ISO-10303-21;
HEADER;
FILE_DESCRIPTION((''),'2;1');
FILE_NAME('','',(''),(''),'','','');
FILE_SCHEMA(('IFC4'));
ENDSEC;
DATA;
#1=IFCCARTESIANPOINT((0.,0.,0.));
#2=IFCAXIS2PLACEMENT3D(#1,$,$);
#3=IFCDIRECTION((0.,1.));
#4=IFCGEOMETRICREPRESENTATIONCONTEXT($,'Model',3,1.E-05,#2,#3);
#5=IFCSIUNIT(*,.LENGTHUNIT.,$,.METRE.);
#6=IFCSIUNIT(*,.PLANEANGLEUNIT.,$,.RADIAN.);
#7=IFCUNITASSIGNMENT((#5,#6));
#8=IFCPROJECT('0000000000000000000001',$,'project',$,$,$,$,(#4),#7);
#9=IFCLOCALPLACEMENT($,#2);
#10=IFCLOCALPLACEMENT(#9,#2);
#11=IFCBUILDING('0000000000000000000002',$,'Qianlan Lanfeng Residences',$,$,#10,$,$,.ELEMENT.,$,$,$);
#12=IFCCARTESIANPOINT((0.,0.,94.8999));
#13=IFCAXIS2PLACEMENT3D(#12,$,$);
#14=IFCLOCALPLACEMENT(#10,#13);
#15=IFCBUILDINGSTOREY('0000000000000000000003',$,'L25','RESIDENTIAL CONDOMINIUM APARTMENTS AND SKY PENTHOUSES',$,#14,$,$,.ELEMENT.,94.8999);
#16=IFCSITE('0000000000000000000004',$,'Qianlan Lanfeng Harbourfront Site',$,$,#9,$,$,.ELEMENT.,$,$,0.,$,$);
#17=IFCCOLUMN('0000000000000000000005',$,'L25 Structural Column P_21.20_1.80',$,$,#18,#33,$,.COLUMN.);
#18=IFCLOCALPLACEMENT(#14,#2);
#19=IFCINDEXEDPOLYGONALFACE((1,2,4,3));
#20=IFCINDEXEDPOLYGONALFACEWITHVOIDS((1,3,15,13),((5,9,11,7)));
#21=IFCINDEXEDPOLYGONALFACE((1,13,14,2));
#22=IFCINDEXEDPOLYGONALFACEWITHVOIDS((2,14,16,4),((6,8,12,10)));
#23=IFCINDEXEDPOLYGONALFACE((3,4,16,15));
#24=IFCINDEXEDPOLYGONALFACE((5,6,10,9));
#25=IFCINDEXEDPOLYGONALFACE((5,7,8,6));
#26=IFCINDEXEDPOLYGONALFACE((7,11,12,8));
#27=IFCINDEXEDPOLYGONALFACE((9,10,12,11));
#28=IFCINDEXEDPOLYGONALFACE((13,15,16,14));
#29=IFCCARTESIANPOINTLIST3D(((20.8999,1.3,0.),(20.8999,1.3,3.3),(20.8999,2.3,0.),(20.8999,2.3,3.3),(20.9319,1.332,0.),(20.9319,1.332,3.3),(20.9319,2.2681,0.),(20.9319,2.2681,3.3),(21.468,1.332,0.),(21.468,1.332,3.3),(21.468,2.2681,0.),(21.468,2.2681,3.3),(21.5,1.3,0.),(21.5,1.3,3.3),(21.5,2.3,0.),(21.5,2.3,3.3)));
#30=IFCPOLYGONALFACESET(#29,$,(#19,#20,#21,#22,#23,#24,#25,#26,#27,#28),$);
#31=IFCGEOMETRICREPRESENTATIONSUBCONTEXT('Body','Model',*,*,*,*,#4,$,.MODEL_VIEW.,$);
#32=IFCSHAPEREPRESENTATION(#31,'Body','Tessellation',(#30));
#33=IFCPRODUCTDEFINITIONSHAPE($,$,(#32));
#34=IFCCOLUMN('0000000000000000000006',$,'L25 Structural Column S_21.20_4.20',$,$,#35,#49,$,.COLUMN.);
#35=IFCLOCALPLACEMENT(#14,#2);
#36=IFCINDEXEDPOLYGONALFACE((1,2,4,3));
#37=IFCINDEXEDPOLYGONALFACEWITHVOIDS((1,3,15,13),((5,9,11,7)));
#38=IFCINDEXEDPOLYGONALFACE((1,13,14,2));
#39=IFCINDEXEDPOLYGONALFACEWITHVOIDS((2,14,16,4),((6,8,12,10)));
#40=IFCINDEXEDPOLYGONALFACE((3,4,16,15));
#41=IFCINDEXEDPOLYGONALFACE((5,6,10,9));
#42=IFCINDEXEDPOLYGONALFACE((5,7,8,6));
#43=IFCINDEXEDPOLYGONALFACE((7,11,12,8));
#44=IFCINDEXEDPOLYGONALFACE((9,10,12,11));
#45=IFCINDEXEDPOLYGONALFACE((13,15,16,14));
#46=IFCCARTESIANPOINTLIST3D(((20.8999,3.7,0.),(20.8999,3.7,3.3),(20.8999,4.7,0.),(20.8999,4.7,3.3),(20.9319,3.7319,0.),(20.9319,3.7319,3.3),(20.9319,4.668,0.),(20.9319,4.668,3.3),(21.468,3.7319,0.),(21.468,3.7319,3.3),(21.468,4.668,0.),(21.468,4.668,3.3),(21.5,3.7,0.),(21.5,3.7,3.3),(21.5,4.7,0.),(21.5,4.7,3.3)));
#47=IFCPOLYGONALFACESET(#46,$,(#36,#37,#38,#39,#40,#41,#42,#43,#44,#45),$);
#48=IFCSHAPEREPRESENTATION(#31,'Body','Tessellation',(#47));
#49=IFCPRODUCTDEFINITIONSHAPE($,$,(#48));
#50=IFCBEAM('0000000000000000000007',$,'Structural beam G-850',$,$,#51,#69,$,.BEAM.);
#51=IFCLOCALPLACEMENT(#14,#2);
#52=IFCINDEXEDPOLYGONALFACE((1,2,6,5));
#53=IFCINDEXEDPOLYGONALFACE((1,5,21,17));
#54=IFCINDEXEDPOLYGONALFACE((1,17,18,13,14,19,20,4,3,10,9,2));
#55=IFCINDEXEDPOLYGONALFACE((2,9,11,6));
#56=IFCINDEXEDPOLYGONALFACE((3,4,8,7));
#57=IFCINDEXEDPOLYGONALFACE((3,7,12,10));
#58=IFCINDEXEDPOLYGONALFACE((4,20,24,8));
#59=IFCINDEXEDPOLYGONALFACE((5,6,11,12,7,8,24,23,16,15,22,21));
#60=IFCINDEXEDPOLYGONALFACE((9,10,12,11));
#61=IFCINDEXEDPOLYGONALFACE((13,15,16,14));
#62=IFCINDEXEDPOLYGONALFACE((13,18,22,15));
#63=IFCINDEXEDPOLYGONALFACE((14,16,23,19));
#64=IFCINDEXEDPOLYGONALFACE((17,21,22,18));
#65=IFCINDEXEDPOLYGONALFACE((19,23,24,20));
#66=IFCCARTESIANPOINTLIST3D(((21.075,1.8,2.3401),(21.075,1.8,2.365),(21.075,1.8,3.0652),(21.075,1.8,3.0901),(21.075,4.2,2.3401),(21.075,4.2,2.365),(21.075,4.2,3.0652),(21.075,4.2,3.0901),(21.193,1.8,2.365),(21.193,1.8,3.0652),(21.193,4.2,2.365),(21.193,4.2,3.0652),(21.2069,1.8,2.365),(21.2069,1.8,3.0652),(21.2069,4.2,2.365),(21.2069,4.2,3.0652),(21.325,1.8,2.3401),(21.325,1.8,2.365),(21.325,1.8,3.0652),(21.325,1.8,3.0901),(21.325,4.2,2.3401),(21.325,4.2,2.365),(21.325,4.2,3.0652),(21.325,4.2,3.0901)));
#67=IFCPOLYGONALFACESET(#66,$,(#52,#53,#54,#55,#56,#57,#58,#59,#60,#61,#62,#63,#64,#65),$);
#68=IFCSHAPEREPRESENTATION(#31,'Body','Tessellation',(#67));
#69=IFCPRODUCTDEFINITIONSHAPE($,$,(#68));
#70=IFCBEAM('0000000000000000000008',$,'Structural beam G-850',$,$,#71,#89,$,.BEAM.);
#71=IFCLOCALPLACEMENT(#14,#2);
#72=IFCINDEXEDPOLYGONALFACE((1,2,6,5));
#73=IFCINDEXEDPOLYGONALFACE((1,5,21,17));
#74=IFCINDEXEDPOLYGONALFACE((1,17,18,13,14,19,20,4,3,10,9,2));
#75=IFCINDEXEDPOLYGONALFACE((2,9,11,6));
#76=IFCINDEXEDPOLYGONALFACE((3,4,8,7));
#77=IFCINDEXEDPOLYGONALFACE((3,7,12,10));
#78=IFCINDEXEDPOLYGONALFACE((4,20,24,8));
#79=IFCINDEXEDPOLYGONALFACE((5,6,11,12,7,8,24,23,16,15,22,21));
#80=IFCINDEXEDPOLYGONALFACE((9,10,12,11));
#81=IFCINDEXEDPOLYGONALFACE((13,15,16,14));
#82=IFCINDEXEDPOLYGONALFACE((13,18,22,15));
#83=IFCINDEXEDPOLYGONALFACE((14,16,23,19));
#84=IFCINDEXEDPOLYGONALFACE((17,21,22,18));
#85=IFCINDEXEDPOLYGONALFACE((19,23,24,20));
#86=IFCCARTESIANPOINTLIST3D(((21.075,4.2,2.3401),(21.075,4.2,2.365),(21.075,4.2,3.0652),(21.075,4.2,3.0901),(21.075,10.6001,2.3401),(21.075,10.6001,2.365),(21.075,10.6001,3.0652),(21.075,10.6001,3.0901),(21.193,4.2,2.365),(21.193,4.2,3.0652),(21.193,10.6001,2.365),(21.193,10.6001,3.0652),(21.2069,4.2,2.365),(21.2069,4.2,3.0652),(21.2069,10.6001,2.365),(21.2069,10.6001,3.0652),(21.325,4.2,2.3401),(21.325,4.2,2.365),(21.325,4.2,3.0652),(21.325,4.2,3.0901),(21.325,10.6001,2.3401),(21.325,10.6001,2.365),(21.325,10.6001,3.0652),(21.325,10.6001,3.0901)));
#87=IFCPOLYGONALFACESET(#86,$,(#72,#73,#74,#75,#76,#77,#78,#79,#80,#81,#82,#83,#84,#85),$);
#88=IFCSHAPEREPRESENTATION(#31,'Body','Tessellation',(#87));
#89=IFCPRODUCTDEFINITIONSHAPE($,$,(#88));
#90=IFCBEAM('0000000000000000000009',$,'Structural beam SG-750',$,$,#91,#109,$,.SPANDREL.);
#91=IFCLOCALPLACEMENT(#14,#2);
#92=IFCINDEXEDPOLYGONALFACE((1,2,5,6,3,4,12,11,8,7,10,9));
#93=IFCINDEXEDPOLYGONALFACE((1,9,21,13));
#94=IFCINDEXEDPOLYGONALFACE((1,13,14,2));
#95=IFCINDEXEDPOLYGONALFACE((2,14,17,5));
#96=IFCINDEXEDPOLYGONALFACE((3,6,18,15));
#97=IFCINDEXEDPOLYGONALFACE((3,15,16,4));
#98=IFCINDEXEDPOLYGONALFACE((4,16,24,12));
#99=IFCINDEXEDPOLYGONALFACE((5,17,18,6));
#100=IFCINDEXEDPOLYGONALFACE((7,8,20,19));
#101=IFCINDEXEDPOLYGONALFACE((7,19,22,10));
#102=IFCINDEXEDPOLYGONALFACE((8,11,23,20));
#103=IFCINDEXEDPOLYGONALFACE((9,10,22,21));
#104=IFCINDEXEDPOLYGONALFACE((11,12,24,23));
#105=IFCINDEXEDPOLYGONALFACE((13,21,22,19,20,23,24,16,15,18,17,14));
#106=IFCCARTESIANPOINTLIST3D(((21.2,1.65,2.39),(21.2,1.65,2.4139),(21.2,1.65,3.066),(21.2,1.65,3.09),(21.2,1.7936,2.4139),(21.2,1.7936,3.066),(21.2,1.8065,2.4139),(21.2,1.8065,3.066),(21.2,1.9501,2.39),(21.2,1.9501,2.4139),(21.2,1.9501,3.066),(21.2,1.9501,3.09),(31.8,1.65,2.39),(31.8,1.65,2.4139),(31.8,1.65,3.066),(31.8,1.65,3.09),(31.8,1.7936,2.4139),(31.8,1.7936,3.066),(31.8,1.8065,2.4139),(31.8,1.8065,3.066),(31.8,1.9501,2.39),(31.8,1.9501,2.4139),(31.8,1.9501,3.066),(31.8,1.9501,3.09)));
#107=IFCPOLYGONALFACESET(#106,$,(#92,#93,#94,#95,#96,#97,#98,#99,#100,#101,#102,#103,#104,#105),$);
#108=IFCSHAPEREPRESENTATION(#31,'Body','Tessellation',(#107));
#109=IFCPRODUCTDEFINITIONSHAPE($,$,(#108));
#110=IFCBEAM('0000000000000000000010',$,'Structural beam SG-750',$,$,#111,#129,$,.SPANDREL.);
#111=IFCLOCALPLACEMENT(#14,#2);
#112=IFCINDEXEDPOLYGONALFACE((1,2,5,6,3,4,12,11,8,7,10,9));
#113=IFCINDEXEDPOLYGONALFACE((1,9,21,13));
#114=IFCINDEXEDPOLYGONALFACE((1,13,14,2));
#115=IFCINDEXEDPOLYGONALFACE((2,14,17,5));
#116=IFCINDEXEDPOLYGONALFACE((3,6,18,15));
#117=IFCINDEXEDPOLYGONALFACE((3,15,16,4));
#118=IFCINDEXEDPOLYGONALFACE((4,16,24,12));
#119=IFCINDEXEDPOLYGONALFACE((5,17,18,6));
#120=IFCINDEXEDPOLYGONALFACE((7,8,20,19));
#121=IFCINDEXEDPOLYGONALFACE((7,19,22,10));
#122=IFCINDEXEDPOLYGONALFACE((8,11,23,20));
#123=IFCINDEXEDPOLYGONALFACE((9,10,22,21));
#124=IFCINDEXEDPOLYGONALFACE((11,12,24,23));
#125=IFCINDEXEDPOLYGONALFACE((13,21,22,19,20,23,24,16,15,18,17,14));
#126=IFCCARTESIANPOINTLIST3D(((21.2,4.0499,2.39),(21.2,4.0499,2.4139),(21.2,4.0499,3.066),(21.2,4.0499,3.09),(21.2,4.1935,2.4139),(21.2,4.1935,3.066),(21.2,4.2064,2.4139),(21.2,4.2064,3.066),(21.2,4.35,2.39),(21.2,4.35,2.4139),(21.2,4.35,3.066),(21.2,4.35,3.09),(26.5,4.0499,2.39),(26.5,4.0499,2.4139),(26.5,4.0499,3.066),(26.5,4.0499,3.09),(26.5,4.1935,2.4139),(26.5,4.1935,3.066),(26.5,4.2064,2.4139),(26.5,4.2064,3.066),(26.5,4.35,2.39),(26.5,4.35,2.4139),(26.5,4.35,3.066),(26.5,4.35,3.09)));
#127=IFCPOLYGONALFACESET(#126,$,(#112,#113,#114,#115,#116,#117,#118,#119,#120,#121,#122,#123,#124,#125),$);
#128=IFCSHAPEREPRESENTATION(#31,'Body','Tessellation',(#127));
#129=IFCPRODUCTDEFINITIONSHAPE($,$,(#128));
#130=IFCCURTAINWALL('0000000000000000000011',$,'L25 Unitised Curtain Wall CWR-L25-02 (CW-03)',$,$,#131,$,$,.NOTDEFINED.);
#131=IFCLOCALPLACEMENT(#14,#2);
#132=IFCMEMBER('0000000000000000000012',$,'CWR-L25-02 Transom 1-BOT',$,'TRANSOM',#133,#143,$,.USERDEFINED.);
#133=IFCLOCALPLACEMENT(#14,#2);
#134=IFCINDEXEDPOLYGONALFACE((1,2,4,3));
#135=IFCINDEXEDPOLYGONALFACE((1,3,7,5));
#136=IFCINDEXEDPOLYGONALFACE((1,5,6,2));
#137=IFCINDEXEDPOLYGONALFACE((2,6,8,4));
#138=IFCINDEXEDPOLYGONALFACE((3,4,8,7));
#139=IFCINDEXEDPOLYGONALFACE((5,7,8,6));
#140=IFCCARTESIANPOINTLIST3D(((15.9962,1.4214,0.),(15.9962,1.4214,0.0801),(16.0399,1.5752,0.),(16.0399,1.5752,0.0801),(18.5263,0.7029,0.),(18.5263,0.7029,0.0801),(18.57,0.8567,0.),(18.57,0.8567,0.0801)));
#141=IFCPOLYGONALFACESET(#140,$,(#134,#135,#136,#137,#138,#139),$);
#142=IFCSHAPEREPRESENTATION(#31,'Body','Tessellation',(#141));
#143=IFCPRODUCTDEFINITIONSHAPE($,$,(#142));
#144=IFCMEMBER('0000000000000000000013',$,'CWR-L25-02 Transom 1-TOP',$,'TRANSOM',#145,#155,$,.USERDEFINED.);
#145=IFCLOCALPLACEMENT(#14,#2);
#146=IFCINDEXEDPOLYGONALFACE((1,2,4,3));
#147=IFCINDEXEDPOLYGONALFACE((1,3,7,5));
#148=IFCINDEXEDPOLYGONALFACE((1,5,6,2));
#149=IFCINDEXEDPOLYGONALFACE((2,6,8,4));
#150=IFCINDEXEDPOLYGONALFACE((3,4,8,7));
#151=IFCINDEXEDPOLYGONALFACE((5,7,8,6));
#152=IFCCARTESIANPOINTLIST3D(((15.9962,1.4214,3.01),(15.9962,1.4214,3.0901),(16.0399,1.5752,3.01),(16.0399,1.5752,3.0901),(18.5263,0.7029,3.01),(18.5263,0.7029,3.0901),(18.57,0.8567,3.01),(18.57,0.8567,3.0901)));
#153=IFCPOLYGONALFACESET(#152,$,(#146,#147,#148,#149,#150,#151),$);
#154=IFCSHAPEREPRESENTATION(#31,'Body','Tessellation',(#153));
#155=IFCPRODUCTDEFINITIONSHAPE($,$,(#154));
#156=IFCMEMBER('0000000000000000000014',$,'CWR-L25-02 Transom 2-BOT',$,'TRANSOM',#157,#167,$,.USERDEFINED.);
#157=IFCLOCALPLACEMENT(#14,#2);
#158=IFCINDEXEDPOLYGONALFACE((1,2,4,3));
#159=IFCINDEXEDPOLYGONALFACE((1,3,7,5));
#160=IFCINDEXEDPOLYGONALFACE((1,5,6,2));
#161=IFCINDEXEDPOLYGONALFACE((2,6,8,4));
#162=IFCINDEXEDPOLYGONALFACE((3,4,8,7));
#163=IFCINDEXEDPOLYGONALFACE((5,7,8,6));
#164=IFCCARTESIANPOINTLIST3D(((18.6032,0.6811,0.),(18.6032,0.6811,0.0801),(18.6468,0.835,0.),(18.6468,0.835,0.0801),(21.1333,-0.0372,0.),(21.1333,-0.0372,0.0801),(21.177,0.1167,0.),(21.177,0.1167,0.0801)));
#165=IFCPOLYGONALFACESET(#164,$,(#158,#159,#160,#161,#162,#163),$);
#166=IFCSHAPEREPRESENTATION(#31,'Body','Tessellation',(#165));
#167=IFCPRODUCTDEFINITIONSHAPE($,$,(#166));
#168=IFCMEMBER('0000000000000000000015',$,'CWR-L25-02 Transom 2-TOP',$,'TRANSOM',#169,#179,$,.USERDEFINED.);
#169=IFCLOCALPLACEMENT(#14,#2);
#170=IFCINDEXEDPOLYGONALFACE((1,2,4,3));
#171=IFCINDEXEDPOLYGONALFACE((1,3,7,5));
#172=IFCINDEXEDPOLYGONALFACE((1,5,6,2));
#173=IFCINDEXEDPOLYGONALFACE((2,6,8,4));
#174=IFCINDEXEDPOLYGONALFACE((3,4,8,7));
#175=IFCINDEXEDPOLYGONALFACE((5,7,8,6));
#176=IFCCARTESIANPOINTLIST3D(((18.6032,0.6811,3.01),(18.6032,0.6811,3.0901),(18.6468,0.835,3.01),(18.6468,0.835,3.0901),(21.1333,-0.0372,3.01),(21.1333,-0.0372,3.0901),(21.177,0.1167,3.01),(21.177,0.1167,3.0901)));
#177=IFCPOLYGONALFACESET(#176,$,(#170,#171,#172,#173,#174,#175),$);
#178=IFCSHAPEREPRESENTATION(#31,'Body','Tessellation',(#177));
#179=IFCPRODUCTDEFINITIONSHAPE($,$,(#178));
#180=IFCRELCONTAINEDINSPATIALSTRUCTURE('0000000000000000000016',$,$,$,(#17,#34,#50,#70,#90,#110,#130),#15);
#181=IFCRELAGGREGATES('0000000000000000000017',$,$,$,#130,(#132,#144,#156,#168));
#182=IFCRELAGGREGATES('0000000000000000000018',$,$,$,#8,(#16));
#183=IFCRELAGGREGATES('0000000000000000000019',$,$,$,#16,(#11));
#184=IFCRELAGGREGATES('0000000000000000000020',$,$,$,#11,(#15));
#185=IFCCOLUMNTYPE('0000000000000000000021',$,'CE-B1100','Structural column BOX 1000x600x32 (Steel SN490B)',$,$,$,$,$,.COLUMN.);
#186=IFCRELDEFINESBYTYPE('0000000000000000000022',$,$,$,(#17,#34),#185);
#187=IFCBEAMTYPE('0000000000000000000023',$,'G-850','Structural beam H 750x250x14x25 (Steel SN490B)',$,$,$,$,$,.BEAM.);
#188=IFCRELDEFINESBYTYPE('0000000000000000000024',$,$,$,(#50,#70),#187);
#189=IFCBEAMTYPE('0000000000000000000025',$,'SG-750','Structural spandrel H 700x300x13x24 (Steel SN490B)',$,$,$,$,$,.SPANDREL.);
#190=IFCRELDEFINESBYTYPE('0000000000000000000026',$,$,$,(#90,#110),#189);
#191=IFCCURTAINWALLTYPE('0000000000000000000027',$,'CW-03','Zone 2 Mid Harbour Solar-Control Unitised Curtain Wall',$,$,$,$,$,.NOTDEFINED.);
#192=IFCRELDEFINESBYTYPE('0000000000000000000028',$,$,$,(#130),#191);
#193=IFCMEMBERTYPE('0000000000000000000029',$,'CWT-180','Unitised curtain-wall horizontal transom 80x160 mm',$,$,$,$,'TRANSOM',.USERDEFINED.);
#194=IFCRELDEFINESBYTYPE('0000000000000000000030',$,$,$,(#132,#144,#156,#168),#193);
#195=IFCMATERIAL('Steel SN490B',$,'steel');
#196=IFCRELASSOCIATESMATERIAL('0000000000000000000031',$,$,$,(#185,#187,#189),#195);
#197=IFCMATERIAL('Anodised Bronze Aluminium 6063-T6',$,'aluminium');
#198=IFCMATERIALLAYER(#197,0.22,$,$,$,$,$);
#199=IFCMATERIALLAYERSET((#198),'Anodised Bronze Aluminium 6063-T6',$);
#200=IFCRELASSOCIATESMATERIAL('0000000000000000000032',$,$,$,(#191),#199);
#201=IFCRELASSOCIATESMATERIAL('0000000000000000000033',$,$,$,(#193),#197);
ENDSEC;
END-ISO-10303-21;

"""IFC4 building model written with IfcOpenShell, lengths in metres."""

from ifc_helpers import new_model, si_unit, direction, frame, origin, origin_2d, place, context, subcontext, project, spatial, rectangle, hollow_rectangle, i_section, extrude, source, transform, mapped, material, layer, layer_set, material_profile, profile_set, type_object, element, aggregate, save


model = new_model("IFC4")

# Units and contexts
model_context = context("Model", 3, precision=1e-05, world=origin(), true_north=direction((0.0, 1.0)))
body_context = subcontext(model_context, "Body", "Model", "MODEL_VIEW")
ifc_project = project(units=[si_unit("LENGTHUNIT", "METRE"), si_unit("PLANEANGLEUNIT", "RADIAN")], contexts=[model_context])

# Site, building, storey
site_placement = place(None, origin())
site = spatial("IfcSite", under=ifc_project, at=site_placement, Name="Qianlan Lanfeng Harbourfront Site", CompositionType="ELEMENT", RefElevation=0.0)
building_placement = place(site_placement, origin())
building = spatial("IfcBuilding", under=site, at=building_placement, Name="Qianlan Lanfeng Residences", CompositionType="ELEMENT")
storey_placement = place(building_placement, frame((0.0, 0.0, 94.8999)))
storey = spatial("IfcBuildingStorey", under=building, at=storey_placement, Name="L25", Description="RESIDENTIAL CONDOMINIUM APARTMENTS AND SKY PENTHOUSES", CompositionType="ELEMENT", Elevation=94.8999)

# Columns
ifc_material_1 = material(Name="Steel SN490B", Category="steel")
ifc_material_profile_1 = material_profile(ifc_material_1, hollow_rectangle(XDim=0.6001, YDim=1.0, WallThickness=0.032, at=origin_2d()), Name="BOX 1000x600x32")
ifc_profile_set_1 = profile_set([ifc_material_profile_1], Name="Steel SN490B")
column_type = type_object("IfcColumnType", Name="CE-B1100", Description="Structural column BOX 1000x600x32 (Steel SN490B)", PredefinedType="COLUMN", material=ifc_profile_set_1)
for number, where, z_axis, x_axis, name in (
    (1, (21.2, 1.8, 0.0), (0.0, 0.0, 1.0), (1.0, 0.0, 0.0), "L25 Structural Column P_21.20_1.80"),
    (2, (21.2, 4.2, 0.0), (0.0, 0.0, 1.0), (1.0, 0.0, 0.0), "L25 Structural Column S_21.20_4.20"),
):
    element("IfcColumn", number, at=place(storey_placement, frame(where, z_axis=z_axis, x_axis=x_axis)), inside=storey, type_object=column_type, Name=name, PredefinedType="COLUMN", context=body_context, shape_type="SweptSolid", body=[
        extrude(hollow_rectangle(XDim=0.6001, YDim=1.0, WallThickness=0.032, at=origin_2d()), origin(), (0.0, 0.0, 1.0), 3.3),
    ])

# Beams
ifc_material_profile_2 = material_profile(ifc_material_1, i_section(OverallWidth=0.25, OverallDepth=0.75, WebThickness=0.0139, FlangeThickness=0.0249, at=origin_2d()), Name="H 750x250x14x25")
ifc_profile_set_2 = profile_set([ifc_material_profile_2], Name="Steel SN490B")
beam_type_1 = type_object("IfcBeamType", Name="G-850", Description="Structural beam H 750x250x14x25 (Steel SN490B)", PredefinedType="BEAM", material=ifc_profile_set_2)
beam_1_placement = place(storey_placement, frame((21.2, 1.8, 2.7151), z_axis=(0.0, 1.0, 0.0), x_axis=(-1.0, 0.0, 0.0)))
element("IfcBeam", 3, at=beam_1_placement, inside=storey, type_object=beam_type_1, Name="Structural beam G-850", PredefinedType="BEAM", context=body_context, shape_type="SweptSolid", body=[
    extrude(i_section(OverallWidth=0.25, OverallDepth=0.75, WebThickness=0.0139, FlangeThickness=0.0249, at=origin_2d()), origin(), (0.0, 0.0, 1.0), 2.3999),
])
beam_2_placement = place(storey_placement, frame((21.2, 4.2, 2.7151), z_axis=(0.0, 1.0, 0.0), x_axis=(-1.0, 0.0, 0.0)))
element("IfcBeam", 4, at=beam_2_placement, inside=storey, type_object=beam_type_1, Name="Structural beam G-850", PredefinedType="BEAM", context=body_context, shape_type="SweptSolid", body=[
    extrude(i_section(OverallWidth=0.25, OverallDepth=0.75, WebThickness=0.0139, FlangeThickness=0.0249, at=origin_2d()), origin(), (0.0, 0.0, 1.0), 6.4001),
])
ifc_material_profile_3 = material_profile(ifc_material_1, i_section(OverallWidth=0.3, OverallDepth=0.7, WebThickness=0.0129, FlangeThickness=0.0239, at=origin_2d()), Name="H 700x300x13x24")
ifc_profile_set_3 = profile_set([ifc_material_profile_3], Name="Steel SN490B")
beam_type_2 = type_object("IfcBeamType", Name="SG-750", Description="Structural spandrel H 700x300x13x24 (Steel SN490B)", PredefinedType="SPANDREL", material=ifc_profile_set_3)
beam_3_placement = place(storey_placement, frame((21.2, 1.8, 2.74), z_axis=(1.0, 0.0, 0.0), x_axis=(0.0, 1.0, 0.0)))
element("IfcBeam", 5, at=beam_3_placement, inside=storey, type_object=beam_type_2, Name="Structural beam SG-750", PredefinedType="SPANDREL", context=body_context, shape_type="SweptSolid", body=[
    extrude(i_section(OverallWidth=0.3, OverallDepth=0.7, WebThickness=0.0129, FlangeThickness=0.0239, at=origin_2d()), origin(), (0.0, 0.0, 1.0), 10.6001),
])
beam_4_placement = place(storey_placement, frame((21.2, 4.2, 2.74), z_axis=(1.0, 0.0, 0.0), x_axis=(0.0, 1.0, 0.0)))
element("IfcBeam", 6, at=beam_4_placement, inside=storey, type_object=beam_type_2, Name="Structural beam SG-750", PredefinedType="SPANDREL", context=body_context, shape_type="SweptSolid", body=[
    extrude(i_section(OverallWidth=0.3, OverallDepth=0.7, WebThickness=0.0129, FlangeThickness=0.0239, at=origin_2d()), origin(), (0.0, 0.0, 1.0), 5.3),
])

# Curtain wall, members
ifc_material_2 = material(Name="Anodised Bronze Aluminium 6063-T6", Category="aluminium")
ifc_layer_1 = layer(ifc_material_2, 0.22)
ifc_layer_set_1 = layer_set([ifc_layer_1], Name="Anodised Bronze Aluminium 6063-T6")
curtain_wall_type = type_object("IfcCurtainWallType", Name="CW-03", Description="Zone 2 Mid Harbour Solar-Control Unitised Curtain Wall", PredefinedType="NOTDEFINED", material=ifc_layer_set_1)
curtain_wall_1_placement = place(storey_placement, origin())
curtain_wall_1 = element("IfcCurtainWall", 7, at=curtain_wall_1_placement, inside=storey, type_object=curtain_wall_type, Name="L25 Unitised Curtain Wall CWR-L25-02 (CW-03)", PredefinedType="NOTDEFINED")
ifc_material_profile_4 = material_profile(ifc_material_2, rectangle(XDim=0.0801, YDim=0.1599, at=origin_2d()), Name="ALU TRANSOM 80x160")
ifc_profile_set_4 = profile_set([ifc_material_profile_4], Name="Anodised Bronze Aluminium 6063-T6")
member_type_1 = type_object("IfcMemberType", Name="CWT-180", Description="Unitised curtain-wall horizontal transom 80x160 mm", ElementType="TRANSOM", PredefinedType="USERDEFINED", material=ifc_profile_set_4)
shared_shape_1 = source(origin(), body_context, "Body", "SweptSolid", [
    extrude(rectangle(XDim=0.0801, YDim=0.1599, at=origin_2d()), origin(), (0.0, 0.0, 1.0), 2.6301),
])
member_1_placement = place(storey_placement, frame((16.0181, 1.4983, 0.04), z_axis=(0.961961, -0.273188, 0.0), x_axis=(0.0, 0.0, 1.0)))
member_1 = element("IfcMember", 8, at=member_1_placement, type_object=member_type_1, Name="CWR-L25-02 Transom 1-BOT", ObjectType="TRANSOM", PredefinedType="USERDEFINED", context=body_context, shape_type="MappedRepresentation", body=[
    mapped(shared_shape_1, transform((0.0, 0.0, 0.0), scale=1.0)),
])
member_2_placement = place(storey_placement, frame((16.0181, 1.4983, 3.05), z_axis=(0.961961, -0.273188, 0.0), x_axis=(0.0, 0.0, 1.0)))
member_2 = element("IfcMember", 9, at=member_2_placement, type_object=member_type_1, Name="CWR-L25-02 Transom 1-TOP", ObjectType="TRANSOM", PredefinedType="USERDEFINED", context=body_context, shape_type="MappedRepresentation", body=[
    mapped(shared_shape_1, transform((0.0, 0.0, 0.0), scale=1.0)),
])
member_3_placement = place(storey_placement, frame((18.625, 0.7581, 0.04), z_axis=(0.961985, -0.273102, 0.0), x_axis=(0.0, 0.0, 1.0)))
member_3 = element("IfcMember", 10, at=member_3_placement, type_object=member_type_1, Name="CWR-L25-02 Transom 2-BOT", ObjectType="TRANSOM", PredefinedType="USERDEFINED", context=body_context, shape_type="MappedRepresentation", body=[
    mapped(shared_shape_1, transform((0.0, 0.0, 0.0), scale=1.0)),
])
member_4_placement = place(storey_placement, frame((18.625, 0.7581, 3.05), z_axis=(0.961985, -0.273102, 0.0), x_axis=(0.0, 0.0, 1.0)))
member_4 = element("IfcMember", 11, at=member_4_placement, type_object=member_type_1, Name="CWR-L25-02 Transom 2-TOP", ObjectType="TRANSOM", PredefinedType="USERDEFINED", context=body_context, shape_type="MappedRepresentation", body=[
    mapped(shared_shape_1, transform((0.0, 0.0, 0.0), scale=1.0)),
])

aggregate(curtain_wall_1, [member_1, member_2, member_3, member_4])

save(model, "model.ifc")
